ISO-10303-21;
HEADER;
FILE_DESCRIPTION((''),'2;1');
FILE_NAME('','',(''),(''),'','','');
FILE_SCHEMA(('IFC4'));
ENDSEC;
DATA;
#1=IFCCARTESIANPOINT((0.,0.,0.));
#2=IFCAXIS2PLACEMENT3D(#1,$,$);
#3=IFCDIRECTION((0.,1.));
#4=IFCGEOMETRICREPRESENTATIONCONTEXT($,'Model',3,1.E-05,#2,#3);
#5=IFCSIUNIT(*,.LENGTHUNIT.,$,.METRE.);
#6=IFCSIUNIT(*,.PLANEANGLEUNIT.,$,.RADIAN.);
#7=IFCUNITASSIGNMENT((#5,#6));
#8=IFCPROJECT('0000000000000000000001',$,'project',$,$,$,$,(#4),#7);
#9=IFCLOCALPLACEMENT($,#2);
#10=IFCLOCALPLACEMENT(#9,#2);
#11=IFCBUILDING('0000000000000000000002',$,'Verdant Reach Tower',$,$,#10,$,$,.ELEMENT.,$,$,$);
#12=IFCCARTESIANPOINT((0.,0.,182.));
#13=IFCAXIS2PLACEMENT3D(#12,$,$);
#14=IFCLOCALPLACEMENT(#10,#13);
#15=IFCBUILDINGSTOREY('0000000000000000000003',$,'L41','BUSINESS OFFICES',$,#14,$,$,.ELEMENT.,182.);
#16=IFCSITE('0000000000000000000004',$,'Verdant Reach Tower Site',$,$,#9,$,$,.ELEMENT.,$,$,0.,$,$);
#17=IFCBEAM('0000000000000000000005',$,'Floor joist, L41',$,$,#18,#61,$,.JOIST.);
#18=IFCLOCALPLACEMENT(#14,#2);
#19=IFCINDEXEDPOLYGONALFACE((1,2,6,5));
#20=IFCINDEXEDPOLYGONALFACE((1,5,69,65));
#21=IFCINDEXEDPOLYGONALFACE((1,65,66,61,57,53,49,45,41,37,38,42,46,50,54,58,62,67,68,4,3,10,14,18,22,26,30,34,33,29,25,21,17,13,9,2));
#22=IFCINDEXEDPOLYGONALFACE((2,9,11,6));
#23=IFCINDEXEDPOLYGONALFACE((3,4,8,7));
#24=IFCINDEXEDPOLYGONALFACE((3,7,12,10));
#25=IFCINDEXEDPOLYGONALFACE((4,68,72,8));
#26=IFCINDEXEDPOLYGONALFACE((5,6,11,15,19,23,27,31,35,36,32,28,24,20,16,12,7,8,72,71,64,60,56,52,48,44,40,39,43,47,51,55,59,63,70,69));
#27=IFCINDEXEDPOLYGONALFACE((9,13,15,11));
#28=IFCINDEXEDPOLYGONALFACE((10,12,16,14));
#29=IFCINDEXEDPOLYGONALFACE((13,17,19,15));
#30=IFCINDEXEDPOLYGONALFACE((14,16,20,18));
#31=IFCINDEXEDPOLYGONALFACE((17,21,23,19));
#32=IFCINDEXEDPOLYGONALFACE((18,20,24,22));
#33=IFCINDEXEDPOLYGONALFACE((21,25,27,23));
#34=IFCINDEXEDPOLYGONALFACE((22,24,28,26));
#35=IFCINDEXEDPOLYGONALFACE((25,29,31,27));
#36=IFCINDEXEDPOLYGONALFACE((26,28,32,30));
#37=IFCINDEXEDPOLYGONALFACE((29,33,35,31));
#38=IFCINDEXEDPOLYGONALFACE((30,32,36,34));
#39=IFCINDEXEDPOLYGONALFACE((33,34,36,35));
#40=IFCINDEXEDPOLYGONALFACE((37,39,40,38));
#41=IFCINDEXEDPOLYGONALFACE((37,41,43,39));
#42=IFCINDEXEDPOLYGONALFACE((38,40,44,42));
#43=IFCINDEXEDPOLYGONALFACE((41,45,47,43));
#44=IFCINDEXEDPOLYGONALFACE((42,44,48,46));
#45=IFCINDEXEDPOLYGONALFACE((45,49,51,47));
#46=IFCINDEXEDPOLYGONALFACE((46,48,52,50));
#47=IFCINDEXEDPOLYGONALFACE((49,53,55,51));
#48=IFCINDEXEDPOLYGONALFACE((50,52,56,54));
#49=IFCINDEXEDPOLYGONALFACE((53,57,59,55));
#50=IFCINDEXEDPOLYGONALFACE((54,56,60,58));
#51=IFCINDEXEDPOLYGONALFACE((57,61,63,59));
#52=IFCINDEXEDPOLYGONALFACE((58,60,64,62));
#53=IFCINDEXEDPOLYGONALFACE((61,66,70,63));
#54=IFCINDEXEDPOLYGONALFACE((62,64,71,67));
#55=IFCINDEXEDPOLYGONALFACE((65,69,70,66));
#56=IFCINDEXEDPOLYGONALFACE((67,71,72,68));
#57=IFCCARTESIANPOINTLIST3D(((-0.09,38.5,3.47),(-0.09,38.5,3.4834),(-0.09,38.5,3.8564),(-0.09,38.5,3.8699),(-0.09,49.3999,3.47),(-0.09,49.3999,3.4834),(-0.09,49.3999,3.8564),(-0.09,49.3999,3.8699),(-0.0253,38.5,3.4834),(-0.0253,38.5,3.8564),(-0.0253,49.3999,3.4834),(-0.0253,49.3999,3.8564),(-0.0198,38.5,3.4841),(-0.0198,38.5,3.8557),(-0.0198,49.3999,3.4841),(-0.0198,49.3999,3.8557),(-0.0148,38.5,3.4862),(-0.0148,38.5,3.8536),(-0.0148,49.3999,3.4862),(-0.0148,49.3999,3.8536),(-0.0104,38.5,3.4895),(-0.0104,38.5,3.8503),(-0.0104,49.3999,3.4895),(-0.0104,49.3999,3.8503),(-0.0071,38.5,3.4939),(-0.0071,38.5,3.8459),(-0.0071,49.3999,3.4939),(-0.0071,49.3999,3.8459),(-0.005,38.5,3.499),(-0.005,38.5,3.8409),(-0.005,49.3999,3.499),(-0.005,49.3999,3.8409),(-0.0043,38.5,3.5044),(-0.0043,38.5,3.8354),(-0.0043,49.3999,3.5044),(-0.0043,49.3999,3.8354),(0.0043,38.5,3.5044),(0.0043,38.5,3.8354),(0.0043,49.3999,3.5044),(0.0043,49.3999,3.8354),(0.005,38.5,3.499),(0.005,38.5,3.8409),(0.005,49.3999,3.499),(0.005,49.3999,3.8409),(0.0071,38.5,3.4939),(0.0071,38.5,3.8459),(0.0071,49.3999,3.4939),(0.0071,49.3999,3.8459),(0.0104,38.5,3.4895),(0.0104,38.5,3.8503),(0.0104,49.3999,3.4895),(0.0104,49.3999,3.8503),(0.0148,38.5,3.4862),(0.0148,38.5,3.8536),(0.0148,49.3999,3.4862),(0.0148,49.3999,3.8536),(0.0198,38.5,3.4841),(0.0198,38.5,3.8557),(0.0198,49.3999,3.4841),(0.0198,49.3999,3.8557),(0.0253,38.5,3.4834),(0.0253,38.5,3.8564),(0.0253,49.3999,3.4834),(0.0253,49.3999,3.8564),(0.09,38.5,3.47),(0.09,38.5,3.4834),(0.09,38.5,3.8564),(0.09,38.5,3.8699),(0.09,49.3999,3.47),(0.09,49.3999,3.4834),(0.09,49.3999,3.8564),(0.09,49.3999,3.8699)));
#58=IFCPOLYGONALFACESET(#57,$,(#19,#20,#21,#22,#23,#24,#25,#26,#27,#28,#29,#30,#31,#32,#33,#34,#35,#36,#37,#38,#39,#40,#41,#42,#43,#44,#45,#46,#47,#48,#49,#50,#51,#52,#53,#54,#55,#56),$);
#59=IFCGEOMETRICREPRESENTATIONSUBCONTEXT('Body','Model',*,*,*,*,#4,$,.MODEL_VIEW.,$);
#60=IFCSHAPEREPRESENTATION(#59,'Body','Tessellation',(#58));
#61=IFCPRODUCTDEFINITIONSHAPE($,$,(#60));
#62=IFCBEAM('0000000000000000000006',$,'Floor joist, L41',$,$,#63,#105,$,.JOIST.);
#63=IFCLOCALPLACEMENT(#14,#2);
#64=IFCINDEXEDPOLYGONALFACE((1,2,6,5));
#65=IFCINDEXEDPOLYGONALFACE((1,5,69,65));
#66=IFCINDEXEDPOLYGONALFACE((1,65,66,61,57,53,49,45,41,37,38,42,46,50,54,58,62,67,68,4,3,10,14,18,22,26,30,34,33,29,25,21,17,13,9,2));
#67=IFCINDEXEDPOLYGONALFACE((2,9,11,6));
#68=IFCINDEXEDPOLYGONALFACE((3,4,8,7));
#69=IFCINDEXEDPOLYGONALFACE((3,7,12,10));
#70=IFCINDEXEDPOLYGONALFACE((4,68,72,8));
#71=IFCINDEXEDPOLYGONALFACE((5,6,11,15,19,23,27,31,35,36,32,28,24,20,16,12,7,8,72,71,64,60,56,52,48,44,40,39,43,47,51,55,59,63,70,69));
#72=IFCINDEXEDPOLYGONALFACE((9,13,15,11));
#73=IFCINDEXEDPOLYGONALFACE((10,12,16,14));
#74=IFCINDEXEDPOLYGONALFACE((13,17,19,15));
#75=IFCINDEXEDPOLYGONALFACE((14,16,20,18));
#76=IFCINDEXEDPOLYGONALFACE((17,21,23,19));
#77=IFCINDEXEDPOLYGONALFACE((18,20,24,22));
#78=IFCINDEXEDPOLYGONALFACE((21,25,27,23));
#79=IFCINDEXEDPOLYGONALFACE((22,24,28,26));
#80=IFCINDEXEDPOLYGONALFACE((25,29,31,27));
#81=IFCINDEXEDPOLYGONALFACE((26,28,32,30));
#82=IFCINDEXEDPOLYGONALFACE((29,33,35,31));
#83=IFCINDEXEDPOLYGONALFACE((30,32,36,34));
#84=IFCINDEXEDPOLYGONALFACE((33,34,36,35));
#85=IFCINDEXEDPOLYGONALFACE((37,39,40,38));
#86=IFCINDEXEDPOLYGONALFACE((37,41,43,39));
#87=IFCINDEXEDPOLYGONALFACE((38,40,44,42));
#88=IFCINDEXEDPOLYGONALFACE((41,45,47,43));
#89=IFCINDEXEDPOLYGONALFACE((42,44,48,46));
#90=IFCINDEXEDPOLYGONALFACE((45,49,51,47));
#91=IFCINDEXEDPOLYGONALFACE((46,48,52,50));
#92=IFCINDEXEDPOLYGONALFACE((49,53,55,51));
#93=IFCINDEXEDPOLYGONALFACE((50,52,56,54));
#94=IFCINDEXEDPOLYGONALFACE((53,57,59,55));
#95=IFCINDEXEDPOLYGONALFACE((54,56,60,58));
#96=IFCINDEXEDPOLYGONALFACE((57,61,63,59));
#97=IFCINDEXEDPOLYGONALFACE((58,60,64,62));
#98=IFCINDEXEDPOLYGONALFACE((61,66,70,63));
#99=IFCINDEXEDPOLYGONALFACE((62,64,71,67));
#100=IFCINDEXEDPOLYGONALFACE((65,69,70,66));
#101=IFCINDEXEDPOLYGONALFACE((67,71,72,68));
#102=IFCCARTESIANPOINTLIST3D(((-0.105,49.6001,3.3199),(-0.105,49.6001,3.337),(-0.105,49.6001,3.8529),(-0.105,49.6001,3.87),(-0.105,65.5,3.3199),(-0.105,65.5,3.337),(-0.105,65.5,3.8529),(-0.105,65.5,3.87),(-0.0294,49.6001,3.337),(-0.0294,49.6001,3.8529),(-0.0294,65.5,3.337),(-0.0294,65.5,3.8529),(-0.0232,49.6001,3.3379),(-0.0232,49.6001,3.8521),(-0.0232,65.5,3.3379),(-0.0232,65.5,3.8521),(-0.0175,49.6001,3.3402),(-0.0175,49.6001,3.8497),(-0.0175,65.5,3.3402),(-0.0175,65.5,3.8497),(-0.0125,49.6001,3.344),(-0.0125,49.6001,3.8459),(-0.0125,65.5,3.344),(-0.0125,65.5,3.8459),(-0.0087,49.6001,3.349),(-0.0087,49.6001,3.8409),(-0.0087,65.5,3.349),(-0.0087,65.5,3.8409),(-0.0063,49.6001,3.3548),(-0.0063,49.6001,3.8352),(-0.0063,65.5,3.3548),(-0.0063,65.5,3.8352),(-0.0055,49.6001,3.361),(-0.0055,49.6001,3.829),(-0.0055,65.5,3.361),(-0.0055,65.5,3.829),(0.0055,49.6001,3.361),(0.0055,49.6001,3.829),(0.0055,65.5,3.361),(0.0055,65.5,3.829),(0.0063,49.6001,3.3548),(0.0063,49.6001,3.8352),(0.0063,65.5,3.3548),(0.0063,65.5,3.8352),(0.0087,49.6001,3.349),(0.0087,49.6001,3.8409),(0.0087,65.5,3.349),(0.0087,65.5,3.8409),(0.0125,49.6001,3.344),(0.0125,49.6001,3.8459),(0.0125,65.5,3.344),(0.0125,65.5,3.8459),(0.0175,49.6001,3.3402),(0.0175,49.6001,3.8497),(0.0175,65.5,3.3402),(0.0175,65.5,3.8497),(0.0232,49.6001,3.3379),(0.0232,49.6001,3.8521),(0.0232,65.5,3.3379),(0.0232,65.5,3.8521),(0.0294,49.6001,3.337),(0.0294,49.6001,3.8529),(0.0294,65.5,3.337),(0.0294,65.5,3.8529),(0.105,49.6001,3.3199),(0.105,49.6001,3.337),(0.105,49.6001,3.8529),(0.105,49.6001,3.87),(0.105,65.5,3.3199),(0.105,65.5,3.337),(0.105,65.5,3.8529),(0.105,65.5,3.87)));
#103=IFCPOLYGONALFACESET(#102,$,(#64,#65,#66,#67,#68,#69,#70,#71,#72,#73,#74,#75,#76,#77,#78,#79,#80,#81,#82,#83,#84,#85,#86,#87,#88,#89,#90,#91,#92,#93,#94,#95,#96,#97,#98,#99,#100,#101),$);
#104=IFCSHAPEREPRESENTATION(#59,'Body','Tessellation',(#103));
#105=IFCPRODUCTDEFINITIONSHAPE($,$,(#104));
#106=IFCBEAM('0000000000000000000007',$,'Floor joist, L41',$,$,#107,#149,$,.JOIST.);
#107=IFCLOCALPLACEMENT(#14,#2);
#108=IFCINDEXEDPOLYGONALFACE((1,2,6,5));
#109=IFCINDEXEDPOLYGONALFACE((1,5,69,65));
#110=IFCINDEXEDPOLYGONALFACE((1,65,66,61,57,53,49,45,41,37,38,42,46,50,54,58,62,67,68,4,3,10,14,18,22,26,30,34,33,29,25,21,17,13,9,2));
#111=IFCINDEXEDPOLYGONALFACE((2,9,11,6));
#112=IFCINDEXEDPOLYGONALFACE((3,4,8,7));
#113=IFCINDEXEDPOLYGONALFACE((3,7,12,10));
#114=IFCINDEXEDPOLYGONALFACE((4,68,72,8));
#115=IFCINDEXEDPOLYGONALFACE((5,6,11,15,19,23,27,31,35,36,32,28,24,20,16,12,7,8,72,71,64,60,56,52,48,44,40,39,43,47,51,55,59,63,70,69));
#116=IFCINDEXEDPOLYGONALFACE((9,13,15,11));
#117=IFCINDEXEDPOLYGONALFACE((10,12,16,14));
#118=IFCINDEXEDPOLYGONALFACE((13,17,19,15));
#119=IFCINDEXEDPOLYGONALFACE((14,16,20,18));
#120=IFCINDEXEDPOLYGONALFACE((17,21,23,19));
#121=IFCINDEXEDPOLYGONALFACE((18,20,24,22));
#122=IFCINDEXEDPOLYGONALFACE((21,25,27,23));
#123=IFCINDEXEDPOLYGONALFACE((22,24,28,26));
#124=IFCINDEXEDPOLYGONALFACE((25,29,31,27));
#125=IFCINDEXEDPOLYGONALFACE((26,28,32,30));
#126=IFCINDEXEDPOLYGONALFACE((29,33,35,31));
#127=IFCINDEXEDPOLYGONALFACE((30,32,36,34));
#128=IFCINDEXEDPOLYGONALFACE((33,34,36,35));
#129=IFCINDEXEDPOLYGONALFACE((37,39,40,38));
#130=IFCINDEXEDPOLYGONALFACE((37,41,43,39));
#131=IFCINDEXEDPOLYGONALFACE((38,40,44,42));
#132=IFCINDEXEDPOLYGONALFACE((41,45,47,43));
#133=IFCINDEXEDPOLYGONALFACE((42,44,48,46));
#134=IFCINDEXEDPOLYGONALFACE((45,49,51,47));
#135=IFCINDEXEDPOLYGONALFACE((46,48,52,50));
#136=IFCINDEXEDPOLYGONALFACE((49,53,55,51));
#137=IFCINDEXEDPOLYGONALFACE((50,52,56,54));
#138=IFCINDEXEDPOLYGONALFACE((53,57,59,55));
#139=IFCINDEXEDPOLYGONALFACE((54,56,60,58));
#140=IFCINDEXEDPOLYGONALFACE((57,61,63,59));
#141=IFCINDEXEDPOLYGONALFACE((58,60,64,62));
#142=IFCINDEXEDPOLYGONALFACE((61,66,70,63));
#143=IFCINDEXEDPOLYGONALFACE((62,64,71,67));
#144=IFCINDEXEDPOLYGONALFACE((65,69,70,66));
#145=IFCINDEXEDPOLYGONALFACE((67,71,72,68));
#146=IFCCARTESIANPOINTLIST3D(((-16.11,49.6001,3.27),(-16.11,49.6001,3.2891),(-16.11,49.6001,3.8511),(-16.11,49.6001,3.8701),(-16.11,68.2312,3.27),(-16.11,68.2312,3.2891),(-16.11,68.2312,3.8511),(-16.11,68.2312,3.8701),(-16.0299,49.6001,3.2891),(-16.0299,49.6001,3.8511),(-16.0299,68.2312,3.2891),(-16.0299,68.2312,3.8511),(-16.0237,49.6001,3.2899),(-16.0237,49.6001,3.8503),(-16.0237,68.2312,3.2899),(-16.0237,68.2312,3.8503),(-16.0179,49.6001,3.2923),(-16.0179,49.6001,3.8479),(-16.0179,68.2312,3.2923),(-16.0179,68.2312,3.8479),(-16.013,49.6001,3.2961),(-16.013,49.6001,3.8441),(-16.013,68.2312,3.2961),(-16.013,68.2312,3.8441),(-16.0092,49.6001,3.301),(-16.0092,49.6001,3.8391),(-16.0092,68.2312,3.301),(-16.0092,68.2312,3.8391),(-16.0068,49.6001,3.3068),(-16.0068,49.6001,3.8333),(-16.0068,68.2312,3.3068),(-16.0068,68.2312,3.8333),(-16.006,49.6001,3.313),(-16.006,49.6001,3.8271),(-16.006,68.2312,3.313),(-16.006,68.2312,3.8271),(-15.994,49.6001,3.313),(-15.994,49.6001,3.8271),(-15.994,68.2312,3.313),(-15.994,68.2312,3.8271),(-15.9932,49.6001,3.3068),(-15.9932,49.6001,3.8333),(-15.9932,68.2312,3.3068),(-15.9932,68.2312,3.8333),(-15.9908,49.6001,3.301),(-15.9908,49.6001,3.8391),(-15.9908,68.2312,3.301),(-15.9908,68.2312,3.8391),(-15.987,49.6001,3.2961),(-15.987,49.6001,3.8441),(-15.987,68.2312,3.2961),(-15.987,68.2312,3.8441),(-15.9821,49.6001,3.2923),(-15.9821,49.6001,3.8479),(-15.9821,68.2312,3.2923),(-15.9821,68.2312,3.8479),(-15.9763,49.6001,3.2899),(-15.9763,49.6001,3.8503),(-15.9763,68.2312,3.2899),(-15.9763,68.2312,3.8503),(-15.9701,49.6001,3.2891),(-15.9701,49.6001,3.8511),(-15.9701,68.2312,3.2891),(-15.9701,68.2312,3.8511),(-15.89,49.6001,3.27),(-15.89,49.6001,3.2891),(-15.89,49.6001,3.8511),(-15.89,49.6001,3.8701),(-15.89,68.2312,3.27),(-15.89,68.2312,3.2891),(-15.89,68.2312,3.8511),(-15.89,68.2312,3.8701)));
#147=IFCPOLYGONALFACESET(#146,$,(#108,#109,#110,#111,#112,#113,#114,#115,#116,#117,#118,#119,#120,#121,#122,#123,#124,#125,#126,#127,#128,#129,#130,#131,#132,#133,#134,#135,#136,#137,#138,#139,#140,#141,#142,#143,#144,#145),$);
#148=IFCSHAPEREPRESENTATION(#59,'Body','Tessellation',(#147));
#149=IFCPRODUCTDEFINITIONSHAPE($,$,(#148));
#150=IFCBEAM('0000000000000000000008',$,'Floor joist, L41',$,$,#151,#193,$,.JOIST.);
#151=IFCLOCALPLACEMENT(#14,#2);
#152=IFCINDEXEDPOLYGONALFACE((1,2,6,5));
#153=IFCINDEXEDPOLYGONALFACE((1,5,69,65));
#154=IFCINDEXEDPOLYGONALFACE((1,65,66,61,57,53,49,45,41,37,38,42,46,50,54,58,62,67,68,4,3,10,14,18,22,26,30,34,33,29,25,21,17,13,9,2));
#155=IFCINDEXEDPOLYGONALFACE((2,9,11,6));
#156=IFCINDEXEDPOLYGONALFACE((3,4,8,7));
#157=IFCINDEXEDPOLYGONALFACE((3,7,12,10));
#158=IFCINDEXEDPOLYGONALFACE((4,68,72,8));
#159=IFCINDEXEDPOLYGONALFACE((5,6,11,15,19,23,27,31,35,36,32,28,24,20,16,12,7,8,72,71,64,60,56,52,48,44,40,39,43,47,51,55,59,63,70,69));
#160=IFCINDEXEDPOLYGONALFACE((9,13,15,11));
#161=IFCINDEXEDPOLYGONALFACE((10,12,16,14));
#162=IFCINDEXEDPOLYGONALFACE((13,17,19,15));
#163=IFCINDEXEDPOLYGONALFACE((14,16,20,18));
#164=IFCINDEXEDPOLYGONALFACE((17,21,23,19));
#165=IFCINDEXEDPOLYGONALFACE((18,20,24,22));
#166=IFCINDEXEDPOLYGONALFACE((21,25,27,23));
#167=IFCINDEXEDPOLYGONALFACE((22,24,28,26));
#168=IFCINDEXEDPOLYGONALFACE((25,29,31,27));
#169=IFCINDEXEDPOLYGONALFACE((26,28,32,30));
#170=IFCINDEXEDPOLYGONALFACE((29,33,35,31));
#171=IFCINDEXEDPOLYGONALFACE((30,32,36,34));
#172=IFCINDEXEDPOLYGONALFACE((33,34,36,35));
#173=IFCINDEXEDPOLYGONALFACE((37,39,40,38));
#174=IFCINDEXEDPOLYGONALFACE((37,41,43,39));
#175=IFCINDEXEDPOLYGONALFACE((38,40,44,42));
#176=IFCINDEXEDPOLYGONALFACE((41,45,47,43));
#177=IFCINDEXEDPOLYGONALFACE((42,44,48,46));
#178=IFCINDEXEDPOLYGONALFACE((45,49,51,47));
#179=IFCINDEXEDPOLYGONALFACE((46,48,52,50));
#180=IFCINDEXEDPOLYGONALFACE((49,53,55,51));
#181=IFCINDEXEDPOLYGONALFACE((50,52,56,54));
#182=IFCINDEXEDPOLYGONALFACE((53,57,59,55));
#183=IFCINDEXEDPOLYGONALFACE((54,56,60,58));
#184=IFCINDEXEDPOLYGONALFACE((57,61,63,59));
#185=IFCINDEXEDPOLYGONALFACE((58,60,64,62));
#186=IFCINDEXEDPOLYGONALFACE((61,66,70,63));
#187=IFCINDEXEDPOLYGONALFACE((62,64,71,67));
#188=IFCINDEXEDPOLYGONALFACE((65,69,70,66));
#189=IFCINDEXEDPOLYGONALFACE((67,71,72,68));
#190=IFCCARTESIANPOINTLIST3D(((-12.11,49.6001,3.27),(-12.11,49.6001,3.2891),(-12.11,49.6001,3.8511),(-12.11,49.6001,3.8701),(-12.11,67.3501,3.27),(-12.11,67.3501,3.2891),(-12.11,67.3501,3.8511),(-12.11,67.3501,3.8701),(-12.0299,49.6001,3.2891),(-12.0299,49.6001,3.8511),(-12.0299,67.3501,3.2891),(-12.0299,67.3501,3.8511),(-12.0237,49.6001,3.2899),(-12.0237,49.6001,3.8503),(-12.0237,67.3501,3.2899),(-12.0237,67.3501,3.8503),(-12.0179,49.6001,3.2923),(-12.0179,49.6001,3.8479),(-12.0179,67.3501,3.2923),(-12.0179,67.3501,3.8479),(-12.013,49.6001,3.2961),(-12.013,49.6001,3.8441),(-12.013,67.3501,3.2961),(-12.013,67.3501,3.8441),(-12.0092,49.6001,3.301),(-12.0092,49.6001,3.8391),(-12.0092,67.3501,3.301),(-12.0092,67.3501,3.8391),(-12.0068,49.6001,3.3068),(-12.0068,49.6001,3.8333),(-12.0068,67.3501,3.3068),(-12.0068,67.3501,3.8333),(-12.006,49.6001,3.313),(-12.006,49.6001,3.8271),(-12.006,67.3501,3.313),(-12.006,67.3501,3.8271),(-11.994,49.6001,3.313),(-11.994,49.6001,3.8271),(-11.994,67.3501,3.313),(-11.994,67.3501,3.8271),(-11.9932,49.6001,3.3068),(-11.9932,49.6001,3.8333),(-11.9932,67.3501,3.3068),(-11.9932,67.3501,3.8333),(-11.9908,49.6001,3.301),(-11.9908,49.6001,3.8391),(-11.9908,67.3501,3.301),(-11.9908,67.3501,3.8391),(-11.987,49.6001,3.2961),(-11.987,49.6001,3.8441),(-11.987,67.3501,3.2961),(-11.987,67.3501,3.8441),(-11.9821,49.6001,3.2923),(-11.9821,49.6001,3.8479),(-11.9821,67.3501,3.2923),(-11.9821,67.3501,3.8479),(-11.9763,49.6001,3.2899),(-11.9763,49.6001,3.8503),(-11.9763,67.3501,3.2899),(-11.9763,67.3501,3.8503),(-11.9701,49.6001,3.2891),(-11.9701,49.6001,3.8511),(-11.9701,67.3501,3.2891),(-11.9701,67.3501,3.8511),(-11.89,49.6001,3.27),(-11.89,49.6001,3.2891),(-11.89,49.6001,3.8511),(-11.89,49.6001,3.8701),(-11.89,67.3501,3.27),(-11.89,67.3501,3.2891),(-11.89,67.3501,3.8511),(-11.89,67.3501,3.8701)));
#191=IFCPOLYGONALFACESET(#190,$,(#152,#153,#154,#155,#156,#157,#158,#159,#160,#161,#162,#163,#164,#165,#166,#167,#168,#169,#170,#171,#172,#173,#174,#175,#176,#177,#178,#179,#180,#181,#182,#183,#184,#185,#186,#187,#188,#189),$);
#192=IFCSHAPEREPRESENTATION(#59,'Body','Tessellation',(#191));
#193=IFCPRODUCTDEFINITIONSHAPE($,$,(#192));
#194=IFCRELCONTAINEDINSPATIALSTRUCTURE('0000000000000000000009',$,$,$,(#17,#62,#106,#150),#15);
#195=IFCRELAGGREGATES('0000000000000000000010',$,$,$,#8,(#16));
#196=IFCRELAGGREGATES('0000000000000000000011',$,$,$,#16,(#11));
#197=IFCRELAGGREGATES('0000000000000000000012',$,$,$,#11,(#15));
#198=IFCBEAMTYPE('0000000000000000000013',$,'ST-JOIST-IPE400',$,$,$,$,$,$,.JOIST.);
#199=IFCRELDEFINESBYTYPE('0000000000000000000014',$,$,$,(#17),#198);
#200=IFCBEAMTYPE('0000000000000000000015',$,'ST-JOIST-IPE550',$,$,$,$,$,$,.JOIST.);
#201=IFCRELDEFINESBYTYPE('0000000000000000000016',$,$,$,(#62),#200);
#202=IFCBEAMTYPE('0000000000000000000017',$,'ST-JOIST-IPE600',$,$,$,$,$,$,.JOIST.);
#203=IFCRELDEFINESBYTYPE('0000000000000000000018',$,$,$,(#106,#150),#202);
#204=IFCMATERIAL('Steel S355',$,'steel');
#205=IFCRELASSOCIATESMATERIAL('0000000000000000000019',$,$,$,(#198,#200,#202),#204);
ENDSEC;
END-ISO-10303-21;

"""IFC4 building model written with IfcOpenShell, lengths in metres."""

from ifc_helpers import new_model, si_unit, direction, frame, origin, origin_2d, place, context, subcontext, project, spatial, i_section, extrude, material, material_profile, profile_set, type_object, element, save


model = new_model("IFC4")

# Units and contexts
model_context = context("Model", 3, precision=1e-05, world=origin(), true_north=direction((0.0, 1.0)))
body_context = subcontext(model_context, "Body", "Model", "MODEL_VIEW")
ifc_project = project(units=[si_unit("LENGTHUNIT", "METRE"), si_unit("PLANEANGLEUNIT", "RADIAN")], contexts=[model_context])

# Site, building, storey
site_placement = place(None, origin())
site = spatial("IfcSite", under=ifc_project, at=site_placement, Name="Verdant Reach Tower Site", CompositionType="ELEMENT", RefElevation=0.0)
building_placement = place(site_placement, origin())
building = spatial("IfcBuilding", under=site, at=building_placement, Name="Verdant Reach Tower", CompositionType="ELEMENT")
storey_placement = place(building_placement, frame((0.0, 0.0, 182.0)))
storey = spatial("IfcBuildingStorey", under=building, at=storey_placement, Name="L41", Description="BUSINESS OFFICES", CompositionType="ELEMENT", Elevation=182.0)

# Beams
ifc_material_1 = material(Name="Steel S355", Category="steel")
ifc_material_profile_1 = material_profile(ifc_material_1, i_section(OverallWidth=0.1799, OverallDepth=0.3999, WebThickness=0.0085, FlangeThickness=0.0134, FilletRadius=0.021, at=origin_2d()), Name="IPE 400")
ifc_profile_set_1 = profile_set([ifc_material_profile_1], Name="Steel S355")
beam_type_1 = type_object("IfcBeamType", Name="ST-JOIST-IPE400", PredefinedType="JOIST", material=ifc_profile_set_1)
for number, where, z_axis, x_axis, name in (
    (1, (0.0, 38.5, 3.6699), (0.0, 1.0, 0.0), (-1.0, 0.0, 0.0), "Floor joist, L41"),
):
    element("IfcBeam", number, at=place(storey_placement, frame(where, z_axis=z_axis, x_axis=x_axis)), inside=storey, type_object=beam_type_1, Name=name, PredefinedType="JOIST", context=body_context, shape_type="SweptSolid", body=[
        extrude(i_section(OverallWidth=0.1799, OverallDepth=0.3999, WebThickness=0.0085, FlangeThickness=0.0134, FilletRadius=0.021, at=origin_2d()), origin(), (0.0, 0.0, 1.0), 10.8999),
    ])
ifc_material_profile_2 = material_profile(ifc_material_1, i_section(OverallWidth=0.21, OverallDepth=0.55, WebThickness=0.011, FlangeThickness=0.0171, FilletRadius=0.0239, at=origin_2d()), Name="IPE 550")
ifc_profile_set_2 = profile_set([ifc_material_profile_2], Name="Steel S355")
beam_type_2 = type_object("IfcBeamType", Name="ST-JOIST-IPE550", PredefinedType="JOIST", material=ifc_profile_set_2)
beam_1_placement = place(storey_placement, frame((0.0, 49.6001, 3.595), z_axis=(0.0, 1.0, 0.0), x_axis=(-1.0, 0.0, 0.0)))
element("IfcBeam", 2, at=beam_1_placement, inside=storey, type_object=beam_type_2, Name="Floor joist, L41", PredefinedType="JOIST", context=body_context, shape_type="SweptSolid", body=[
    extrude(i_section(OverallWidth=0.21, OverallDepth=0.55, WebThickness=0.011, FlangeThickness=0.0171, FilletRadius=0.0239, at=origin_2d()), origin(), (0.0, 0.0, 1.0), 15.8999),
])
ifc_material_profile_3 = material_profile(ifc_material_1, i_section(OverallWidth=0.22, OverallDepth=0.6001, WebThickness=0.012, FlangeThickness=0.019, FilletRadius=0.0239, at=origin_2d()), Name="IPE 600")
ifc_profile_set_3 = profile_set([ifc_material_profile_3], Name="Steel S355")
beam_type_3 = type_object("IfcBeamType", Name="ST-JOIST-IPE600", PredefinedType="JOIST", material=ifc_profile_set_3)
beam_2_placement = place(storey_placement, frame((-16.0, 49.6001, 3.5701), z_axis=(0.0, 1.0, 0.0), x_axis=(-1.0, 0.0, 0.0)))
element("IfcBeam", 3, at=beam_2_placement, inside=storey, type_object=beam_type_3, Name="Floor joist, L41", PredefinedType="JOIST", context=body_context, shape_type="SweptSolid", body=[
    extrude(i_section(OverallWidth=0.22, OverallDepth=0.6001, WebThickness=0.012, FlangeThickness=0.019, FilletRadius=0.0239, at=origin_2d()), origin(), (0.0, 0.0, 1.0), 18.6311),
])
beam_3_placement = place(storey_placement, frame((-12.0, 49.6001, 3.5701), z_axis=(0.0, 1.0, 0.0), x_axis=(-1.0, 0.0, 0.0)))
element("IfcBeam", 4, at=beam_3_placement, inside=storey, type_object=beam_type_3, Name="Floor joist, L41", PredefinedType="JOIST", context=body_context, shape_type="SweptSolid", body=[
    extrude(i_section(OverallWidth=0.22, OverallDepth=0.6001, WebThickness=0.012, FlangeThickness=0.019, FilletRadius=0.0239, at=origin_2d()), origin(), (0.0, 0.0, 1.0), 17.75),
])

save(model, "model.ifc")
